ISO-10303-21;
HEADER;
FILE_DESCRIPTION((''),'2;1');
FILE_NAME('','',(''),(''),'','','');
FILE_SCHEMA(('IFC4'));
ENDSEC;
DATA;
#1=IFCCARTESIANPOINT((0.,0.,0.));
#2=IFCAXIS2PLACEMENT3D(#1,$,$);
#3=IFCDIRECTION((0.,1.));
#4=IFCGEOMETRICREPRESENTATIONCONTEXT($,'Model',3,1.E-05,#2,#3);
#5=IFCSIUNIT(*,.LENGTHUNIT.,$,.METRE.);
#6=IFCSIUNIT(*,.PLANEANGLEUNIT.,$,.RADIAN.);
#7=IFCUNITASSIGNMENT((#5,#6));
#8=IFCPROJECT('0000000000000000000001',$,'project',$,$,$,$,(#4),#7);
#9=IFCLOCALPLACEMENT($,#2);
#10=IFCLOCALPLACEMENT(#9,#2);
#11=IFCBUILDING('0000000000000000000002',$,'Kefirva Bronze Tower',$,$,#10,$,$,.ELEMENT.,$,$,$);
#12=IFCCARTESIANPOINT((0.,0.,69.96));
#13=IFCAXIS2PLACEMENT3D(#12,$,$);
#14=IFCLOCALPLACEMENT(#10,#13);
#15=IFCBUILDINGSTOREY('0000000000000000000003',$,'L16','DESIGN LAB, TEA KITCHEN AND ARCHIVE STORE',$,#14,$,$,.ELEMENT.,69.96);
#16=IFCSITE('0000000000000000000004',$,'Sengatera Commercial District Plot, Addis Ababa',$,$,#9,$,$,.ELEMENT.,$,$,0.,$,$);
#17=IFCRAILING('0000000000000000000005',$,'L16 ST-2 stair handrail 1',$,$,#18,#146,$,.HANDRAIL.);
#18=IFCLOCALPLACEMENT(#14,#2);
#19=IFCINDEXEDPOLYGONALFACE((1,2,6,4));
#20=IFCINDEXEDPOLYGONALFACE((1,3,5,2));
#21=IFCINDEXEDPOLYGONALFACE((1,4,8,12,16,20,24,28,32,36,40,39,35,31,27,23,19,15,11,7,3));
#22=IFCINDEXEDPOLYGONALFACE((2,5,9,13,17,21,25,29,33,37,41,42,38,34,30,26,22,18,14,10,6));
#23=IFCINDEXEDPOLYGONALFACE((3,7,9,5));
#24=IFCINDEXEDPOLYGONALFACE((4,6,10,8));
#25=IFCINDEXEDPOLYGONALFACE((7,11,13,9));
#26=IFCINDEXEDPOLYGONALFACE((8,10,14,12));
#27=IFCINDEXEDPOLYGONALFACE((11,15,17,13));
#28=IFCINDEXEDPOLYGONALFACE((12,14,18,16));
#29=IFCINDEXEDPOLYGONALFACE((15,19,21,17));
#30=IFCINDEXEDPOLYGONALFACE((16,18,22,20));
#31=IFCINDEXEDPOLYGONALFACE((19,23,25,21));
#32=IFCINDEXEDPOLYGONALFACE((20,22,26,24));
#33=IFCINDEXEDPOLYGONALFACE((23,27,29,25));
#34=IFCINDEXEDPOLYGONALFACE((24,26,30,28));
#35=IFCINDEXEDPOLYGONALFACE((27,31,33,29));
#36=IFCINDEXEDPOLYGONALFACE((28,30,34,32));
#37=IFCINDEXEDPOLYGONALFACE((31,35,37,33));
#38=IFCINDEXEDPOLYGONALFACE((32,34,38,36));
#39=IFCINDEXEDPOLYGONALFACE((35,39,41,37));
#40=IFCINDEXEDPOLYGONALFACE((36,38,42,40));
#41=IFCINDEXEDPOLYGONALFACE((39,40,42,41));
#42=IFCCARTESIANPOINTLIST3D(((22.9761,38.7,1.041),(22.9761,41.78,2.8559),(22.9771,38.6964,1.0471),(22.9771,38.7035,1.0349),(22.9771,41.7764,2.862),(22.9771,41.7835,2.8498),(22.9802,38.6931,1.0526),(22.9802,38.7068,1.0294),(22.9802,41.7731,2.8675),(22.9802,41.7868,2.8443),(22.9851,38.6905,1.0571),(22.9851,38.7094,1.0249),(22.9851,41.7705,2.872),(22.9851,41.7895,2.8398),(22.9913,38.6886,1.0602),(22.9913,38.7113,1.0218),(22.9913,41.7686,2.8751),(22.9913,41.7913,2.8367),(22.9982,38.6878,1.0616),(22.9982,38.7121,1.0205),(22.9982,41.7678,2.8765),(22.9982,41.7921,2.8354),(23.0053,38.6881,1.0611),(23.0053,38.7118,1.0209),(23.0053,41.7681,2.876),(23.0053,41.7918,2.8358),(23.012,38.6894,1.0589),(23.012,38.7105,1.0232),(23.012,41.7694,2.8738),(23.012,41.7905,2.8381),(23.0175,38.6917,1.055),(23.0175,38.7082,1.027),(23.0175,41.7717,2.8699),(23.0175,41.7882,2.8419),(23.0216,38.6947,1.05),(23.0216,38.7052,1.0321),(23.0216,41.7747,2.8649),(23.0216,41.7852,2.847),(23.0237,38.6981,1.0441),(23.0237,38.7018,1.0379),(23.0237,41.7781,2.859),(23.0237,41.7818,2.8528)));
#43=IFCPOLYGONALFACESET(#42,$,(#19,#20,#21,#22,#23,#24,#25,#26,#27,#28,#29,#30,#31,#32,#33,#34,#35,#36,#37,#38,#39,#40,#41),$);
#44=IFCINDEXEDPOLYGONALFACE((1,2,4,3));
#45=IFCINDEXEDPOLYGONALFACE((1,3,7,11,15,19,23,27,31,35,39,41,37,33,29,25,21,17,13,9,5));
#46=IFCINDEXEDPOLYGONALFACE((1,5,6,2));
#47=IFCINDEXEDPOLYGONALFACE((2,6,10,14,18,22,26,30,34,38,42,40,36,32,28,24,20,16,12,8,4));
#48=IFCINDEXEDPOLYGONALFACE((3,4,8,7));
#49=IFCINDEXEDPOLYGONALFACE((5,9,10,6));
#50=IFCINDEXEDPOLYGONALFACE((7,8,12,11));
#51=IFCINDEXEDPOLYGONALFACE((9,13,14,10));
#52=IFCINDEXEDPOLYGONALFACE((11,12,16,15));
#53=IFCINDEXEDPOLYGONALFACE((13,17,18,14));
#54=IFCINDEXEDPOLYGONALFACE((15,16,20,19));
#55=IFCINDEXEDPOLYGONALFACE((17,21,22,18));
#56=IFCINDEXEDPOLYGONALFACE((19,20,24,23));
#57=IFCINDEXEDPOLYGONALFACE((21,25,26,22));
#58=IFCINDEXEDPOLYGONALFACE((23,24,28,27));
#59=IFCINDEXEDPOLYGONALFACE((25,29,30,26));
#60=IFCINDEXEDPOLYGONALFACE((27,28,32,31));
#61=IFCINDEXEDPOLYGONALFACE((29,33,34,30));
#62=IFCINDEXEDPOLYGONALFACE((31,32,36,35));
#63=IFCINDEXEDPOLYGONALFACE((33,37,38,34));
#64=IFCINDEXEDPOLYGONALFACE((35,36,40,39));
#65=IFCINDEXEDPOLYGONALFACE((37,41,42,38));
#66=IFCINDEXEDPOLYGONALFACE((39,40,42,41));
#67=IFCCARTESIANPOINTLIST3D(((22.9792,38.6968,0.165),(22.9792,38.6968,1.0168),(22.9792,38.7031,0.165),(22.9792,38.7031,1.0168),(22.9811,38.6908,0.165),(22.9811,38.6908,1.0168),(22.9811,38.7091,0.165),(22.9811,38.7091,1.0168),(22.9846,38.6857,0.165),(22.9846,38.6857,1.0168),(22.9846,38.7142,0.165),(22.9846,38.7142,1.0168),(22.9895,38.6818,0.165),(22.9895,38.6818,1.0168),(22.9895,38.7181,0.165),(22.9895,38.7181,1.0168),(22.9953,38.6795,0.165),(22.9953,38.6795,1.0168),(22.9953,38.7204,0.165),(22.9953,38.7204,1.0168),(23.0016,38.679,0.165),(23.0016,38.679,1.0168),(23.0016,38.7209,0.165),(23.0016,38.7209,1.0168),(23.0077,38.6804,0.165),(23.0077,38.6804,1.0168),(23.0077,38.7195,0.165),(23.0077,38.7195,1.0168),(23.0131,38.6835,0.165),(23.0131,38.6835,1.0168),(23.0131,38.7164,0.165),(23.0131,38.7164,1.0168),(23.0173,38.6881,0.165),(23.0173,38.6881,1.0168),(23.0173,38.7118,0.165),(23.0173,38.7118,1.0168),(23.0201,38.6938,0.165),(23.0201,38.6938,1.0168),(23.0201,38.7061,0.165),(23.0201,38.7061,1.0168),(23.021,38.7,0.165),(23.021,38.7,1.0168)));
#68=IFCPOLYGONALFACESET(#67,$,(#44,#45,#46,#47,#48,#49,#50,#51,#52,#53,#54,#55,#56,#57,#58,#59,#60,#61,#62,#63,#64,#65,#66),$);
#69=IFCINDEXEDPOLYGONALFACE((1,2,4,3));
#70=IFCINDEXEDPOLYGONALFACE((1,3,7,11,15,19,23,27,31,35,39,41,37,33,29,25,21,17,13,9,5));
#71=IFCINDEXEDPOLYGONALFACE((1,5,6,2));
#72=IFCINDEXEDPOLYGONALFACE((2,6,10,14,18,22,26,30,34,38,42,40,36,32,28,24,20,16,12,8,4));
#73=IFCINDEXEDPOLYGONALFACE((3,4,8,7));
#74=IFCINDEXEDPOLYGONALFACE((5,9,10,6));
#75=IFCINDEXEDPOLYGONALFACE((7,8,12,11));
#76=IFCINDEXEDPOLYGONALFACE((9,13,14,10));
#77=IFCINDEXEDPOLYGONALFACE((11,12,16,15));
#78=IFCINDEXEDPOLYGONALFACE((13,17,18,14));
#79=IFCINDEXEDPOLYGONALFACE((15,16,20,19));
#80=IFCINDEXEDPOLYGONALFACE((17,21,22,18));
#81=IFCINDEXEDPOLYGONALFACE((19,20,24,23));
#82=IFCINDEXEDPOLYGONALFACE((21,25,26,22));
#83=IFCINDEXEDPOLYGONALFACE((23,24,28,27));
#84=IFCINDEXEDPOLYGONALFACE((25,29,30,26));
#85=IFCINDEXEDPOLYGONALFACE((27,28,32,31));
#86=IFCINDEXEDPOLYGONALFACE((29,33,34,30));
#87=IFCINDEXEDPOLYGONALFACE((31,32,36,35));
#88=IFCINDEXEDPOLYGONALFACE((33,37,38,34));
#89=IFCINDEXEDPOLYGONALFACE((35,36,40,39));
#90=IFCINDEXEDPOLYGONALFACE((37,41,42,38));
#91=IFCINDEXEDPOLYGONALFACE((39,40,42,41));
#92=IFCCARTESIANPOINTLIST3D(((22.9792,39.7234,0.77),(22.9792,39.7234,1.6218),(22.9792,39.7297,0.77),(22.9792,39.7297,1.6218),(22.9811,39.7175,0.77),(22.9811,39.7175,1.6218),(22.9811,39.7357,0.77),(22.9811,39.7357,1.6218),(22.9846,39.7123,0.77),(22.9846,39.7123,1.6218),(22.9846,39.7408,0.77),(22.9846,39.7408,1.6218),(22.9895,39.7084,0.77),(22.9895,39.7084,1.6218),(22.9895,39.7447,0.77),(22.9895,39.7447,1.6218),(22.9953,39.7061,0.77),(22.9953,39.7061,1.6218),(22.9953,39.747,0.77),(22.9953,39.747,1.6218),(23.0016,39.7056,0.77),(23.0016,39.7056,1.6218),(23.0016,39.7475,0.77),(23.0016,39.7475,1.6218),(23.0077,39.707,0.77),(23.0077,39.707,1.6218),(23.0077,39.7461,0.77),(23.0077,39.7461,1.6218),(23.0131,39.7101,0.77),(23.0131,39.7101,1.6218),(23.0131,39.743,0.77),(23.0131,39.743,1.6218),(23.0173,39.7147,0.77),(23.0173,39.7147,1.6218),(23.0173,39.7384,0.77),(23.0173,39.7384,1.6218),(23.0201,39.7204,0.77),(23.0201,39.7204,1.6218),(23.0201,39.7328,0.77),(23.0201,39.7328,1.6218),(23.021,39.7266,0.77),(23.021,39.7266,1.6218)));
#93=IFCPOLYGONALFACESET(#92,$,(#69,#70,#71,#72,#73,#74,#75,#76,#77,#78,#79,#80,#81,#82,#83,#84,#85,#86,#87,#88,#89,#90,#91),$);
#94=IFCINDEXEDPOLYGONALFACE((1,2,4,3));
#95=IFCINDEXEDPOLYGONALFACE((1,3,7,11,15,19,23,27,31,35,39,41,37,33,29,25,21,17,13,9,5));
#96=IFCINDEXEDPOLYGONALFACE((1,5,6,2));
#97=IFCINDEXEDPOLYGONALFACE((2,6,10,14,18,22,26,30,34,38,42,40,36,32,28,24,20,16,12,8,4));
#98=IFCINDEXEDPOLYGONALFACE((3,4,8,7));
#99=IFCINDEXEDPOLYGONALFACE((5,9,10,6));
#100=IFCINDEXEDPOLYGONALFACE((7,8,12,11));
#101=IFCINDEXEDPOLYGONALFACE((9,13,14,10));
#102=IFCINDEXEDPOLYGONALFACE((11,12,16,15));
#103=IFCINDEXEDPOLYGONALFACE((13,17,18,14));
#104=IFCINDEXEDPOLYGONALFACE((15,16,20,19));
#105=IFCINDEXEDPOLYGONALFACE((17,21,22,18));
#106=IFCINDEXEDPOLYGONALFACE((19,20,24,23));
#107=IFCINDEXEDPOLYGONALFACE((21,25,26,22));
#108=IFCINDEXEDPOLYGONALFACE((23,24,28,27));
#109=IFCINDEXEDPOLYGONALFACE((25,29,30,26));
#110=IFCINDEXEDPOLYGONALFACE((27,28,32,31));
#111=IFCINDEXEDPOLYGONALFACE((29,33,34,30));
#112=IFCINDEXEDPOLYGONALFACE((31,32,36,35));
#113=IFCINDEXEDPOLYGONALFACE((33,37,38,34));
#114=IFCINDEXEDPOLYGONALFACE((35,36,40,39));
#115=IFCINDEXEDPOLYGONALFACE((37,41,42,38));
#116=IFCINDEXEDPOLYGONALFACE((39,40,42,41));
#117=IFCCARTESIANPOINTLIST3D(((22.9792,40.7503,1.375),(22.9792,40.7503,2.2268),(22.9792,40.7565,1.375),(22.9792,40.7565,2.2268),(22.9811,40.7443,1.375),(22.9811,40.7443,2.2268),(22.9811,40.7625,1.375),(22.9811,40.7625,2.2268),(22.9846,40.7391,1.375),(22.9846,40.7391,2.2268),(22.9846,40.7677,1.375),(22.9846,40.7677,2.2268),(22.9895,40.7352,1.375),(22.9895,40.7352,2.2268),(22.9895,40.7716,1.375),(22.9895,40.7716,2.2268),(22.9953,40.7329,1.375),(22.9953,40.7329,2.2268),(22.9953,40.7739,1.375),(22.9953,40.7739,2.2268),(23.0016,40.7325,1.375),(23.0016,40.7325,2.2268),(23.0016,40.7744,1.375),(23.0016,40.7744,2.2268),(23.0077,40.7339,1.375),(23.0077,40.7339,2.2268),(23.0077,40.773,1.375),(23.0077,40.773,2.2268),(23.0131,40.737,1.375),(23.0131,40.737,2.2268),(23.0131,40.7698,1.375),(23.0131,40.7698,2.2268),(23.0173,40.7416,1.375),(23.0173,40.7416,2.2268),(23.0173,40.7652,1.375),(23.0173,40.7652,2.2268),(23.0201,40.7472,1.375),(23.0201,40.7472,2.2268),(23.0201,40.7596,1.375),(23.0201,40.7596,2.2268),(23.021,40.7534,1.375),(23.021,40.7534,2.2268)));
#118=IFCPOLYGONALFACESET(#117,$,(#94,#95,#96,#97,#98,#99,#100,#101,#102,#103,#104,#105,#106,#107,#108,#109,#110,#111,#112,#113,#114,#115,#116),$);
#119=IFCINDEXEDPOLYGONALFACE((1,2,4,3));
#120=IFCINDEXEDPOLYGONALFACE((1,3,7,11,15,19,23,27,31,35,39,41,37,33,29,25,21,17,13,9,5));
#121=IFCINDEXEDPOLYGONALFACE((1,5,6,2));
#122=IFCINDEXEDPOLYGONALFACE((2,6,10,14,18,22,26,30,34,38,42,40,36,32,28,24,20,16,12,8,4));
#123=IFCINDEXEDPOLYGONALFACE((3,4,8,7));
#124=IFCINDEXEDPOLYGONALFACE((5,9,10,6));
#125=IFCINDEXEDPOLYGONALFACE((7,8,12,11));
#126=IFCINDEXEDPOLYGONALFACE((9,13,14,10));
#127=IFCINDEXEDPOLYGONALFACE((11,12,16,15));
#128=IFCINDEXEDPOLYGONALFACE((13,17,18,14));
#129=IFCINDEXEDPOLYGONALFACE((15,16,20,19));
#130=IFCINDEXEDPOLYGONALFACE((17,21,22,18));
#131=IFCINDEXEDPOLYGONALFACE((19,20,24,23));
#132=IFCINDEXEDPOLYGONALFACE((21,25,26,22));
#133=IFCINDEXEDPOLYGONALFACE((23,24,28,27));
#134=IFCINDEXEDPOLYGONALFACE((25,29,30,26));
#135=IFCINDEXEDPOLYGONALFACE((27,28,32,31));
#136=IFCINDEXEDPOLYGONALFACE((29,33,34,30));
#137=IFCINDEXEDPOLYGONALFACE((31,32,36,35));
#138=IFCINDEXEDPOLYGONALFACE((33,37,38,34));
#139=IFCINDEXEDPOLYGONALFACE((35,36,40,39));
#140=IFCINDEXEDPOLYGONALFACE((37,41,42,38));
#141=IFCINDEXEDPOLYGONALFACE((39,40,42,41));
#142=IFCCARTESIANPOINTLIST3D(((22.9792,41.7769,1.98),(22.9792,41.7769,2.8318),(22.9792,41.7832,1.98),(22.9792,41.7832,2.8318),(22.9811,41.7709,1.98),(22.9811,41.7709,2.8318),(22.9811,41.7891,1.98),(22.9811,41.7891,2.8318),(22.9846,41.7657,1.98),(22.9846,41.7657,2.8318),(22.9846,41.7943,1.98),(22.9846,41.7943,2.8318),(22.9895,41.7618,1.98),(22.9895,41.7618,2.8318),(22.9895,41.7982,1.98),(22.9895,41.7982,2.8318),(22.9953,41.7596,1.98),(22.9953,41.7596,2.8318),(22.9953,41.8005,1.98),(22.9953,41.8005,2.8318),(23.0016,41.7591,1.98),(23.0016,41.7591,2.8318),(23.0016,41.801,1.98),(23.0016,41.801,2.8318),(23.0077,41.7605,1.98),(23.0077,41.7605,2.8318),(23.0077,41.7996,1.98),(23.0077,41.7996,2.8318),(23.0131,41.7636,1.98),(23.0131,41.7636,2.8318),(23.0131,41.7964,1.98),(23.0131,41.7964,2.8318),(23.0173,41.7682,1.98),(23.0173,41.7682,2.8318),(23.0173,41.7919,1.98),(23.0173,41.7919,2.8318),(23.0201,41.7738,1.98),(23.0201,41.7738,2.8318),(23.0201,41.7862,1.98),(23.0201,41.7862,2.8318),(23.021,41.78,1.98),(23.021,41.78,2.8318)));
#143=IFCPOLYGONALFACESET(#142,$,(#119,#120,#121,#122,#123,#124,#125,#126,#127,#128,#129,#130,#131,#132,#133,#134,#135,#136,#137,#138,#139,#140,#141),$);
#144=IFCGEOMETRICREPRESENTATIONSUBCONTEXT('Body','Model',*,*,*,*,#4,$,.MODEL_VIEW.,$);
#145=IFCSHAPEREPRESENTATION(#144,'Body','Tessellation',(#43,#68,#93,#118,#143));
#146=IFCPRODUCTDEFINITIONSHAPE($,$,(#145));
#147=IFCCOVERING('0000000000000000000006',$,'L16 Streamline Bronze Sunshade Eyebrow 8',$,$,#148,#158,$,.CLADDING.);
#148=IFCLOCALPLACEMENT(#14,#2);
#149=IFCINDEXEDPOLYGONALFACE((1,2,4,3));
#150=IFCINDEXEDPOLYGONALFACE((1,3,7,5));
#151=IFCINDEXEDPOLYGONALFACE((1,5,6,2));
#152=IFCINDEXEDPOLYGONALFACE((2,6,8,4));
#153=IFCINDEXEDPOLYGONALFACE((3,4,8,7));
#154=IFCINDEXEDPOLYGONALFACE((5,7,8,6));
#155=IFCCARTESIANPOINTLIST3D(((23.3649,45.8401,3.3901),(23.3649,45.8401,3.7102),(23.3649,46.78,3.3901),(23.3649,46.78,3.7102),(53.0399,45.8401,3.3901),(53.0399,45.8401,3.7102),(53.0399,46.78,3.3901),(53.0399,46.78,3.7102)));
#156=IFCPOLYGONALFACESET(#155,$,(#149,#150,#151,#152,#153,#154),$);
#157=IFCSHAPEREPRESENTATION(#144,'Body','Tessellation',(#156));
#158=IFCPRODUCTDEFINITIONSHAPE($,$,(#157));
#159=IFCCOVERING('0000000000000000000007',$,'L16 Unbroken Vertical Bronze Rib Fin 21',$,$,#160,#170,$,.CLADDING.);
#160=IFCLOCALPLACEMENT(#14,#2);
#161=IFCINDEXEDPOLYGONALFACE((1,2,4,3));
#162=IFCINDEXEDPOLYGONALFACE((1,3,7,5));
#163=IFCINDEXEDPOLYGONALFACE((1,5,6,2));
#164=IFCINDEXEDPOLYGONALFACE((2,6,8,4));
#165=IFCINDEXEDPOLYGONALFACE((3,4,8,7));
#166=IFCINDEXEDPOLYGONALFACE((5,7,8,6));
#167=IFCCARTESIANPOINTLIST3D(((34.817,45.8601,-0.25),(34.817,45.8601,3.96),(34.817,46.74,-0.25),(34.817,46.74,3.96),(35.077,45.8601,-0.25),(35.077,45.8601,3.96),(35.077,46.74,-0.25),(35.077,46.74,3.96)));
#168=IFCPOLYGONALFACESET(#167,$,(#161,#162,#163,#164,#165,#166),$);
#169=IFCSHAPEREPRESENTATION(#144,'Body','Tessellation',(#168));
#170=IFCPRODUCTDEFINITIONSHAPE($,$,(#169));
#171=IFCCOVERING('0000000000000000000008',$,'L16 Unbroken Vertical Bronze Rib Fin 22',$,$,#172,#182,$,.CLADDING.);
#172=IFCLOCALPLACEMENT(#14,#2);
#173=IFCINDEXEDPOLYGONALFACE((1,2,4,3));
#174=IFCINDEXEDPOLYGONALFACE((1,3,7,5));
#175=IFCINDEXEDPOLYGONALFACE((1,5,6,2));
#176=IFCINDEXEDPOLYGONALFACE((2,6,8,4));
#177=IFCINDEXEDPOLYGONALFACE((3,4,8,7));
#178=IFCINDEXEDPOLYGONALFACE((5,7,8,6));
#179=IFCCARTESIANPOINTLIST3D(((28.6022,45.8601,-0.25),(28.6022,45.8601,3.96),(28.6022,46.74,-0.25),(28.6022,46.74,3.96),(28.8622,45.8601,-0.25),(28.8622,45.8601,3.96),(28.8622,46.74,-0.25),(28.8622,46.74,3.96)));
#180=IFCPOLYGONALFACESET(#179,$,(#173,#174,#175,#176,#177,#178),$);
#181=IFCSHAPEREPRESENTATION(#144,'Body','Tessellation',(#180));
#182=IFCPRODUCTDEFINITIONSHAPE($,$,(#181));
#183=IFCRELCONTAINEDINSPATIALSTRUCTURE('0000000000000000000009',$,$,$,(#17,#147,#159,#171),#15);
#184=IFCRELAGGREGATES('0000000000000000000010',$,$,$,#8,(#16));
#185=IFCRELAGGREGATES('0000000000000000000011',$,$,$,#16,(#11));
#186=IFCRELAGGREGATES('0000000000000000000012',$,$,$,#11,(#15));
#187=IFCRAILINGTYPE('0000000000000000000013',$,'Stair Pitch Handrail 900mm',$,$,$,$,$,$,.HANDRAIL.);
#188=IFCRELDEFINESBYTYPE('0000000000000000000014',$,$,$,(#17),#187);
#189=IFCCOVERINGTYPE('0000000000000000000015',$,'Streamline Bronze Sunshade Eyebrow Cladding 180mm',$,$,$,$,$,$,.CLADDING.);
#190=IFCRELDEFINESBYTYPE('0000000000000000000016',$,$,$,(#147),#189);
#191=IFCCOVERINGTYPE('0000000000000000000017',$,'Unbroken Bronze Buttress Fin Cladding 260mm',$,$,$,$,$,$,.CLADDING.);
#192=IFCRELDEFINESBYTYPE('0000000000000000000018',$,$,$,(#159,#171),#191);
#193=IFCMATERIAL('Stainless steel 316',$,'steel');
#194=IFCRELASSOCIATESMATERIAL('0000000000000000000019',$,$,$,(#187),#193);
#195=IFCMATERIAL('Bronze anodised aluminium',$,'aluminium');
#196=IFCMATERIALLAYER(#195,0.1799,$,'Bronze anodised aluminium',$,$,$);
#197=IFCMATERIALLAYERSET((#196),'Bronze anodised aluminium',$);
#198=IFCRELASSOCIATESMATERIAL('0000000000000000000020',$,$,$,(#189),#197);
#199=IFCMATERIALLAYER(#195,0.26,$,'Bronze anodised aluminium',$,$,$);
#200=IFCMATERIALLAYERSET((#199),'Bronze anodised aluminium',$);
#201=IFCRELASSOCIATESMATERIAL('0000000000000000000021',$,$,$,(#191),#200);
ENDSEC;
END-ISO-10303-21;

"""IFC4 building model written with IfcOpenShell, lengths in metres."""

from ifc_helpers import new_model, si_unit, direction, frame, origin, origin_2d, place, context, subcontext, project, spatial, rectangle, circle, extrude, material, layer, layer_set, type_object, element, save


model = new_model("IFC4")

# Units and contexts
model_context = context("Model", 3, precision=1e-05, world=origin(), true_north=direction((0.0, 1.0)))
body_context = subcontext(model_context, "Body", "Model", "MODEL_VIEW")
ifc_project = project(units=[si_unit("LENGTHUNIT", "METRE"), si_unit("PLANEANGLEUNIT", "RADIAN")], contexts=[model_context])

# Site, building, storey
site_placement = place(None, origin())
site = spatial("IfcSite", under=ifc_project, at=site_placement, Name="Sengatera Commercial District Plot, Addis Ababa", CompositionType="ELEMENT", RefElevation=0.0)
building_placement = place(site_placement, origin())
building = spatial("IfcBuilding", under=site, at=building_placement, Name="Kefirva Bronze Tower", CompositionType="ELEMENT")
storey_placement = place(building_placement, frame((0.0, 0.0, 69.96)))
storey = spatial("IfcBuildingStorey", under=building, at=storey_placement, Name="L16", Description="DESIGN LAB, TEA KITCHEN AND ARCHIVE STORE", CompositionType="ELEMENT", Elevation=69.96)

# Shared definitions
ifc_material_1 = material(Name="Bronze anodised aluminium", Category="aluminium")

# Railing
ifc_material_2 = material(Name="Stainless steel 316", Category="steel")
railing_type_1 = type_object("IfcRailingType", Name="Stair Pitch Handrail 900mm", PredefinedType="HANDRAIL", material=ifc_material_2)
railing_1_placement = place(storey_placement, frame((23.0, 38.7, 0.165)))
element("IfcRailing", 1, at=railing_1_placement, inside=storey, type_object=railing_type_1, Name="L16 ST-2 stair handrail 1", PredefinedType="HANDRAIL", context=body_context, shape_type="SweptSolid", body=[
    extrude(circle(Radius=0.0239, at=origin_2d()), frame((0.0, 0.0, 0.876), z_axis=(0.0, 0.861551, 0.507671), x_axis=(-1.0, 0.0, 0.0)), (0.0, 0.0, 1.0), 3.575),
    extrude(circle(Radius=0.021, at=origin_2d()), origin(), (0.0, 0.0, 1.0), 0.8518),
    extrude(circle(Radius=0.021, at=origin_2d()), frame((0.0, 1.0266, 0.605)), (0.0, 0.0, 1.0), 0.8518),
    extrude(circle(Radius=0.021, at=origin_2d()), frame((0.0, 2.0535, 1.21)), (0.0, 0.0, 1.0), 0.8518),
    extrude(circle(Radius=0.021, at=origin_2d()), frame((0.0, 3.0801, 1.8149)), (0.0, 0.0, 1.0), 0.8518),
])

# Coverings
ifc_layer_1 = layer(ifc_material_1, 0.1799, Name="Bronze anodised aluminium")
ifc_layer_set_1 = layer_set([ifc_layer_1], Name="Bronze anodised aluminium")
covering_type_1 = type_object("IfcCoveringType", Name="Streamline Bronze Sunshade Eyebrow Cladding 180mm", PredefinedType="CLADDING", material=ifc_layer_set_1)
covering_1_placement = place(storey_placement, frame((38.2024, 46.3101, 3.3901), z_axis=(0.0, 0.0, 1.0), x_axis=(-1.0, 0.0, 0.0)))
element("IfcCovering", 2, at=covering_1_placement, inside=storey, type_object=covering_type_1, Name="L16 Streamline Bronze Sunshade Eyebrow 8", PredefinedType="CLADDING", context=body_context, shape_type="SweptSolid", body=[
    extrude(rectangle(XDim=29.675, YDim=0.9399, at=origin_2d()), origin(), (0.0, 0.0, 1.0), 0.3201),
])
ifc_layer_2 = layer(ifc_material_1, 0.26, Name="Bronze anodised aluminium")
ifc_layer_set_2 = layer_set([ifc_layer_2], Name="Bronze anodised aluminium")
covering_type_2 = type_object("IfcCoveringType", Name="Unbroken Bronze Buttress Fin Cladding 260mm", PredefinedType="CLADDING", material=ifc_layer_set_2)
for number, where, z_axis, x_axis, name in (
    (3, (34.947, 46.3, -0.25), (0.0, 0.0, 1.0), (-1.0, 0.0, 0.0), "L16 Unbroken Vertical Bronze Rib Fin 21"),
    (4, (28.7322, 46.3, -0.25), (0.0, 0.0, 1.0), (-1.0, 0.0, 0.0), "L16 Unbroken Vertical Bronze Rib Fin 22"),
):
    element("IfcCovering", number, at=place(storey_placement, frame(where, z_axis=z_axis, x_axis=x_axis)), inside=storey, type_object=covering_type_2, Name=name, PredefinedType="CLADDING", context=body_context, shape_type="SweptSolid", body=[
        extrude(rectangle(XDim=0.26, YDim=0.8799, at=origin_2d()), origin(), (0.0, 0.0, 1.0), 4.21),
    ])

save(model, "model.ifc")
